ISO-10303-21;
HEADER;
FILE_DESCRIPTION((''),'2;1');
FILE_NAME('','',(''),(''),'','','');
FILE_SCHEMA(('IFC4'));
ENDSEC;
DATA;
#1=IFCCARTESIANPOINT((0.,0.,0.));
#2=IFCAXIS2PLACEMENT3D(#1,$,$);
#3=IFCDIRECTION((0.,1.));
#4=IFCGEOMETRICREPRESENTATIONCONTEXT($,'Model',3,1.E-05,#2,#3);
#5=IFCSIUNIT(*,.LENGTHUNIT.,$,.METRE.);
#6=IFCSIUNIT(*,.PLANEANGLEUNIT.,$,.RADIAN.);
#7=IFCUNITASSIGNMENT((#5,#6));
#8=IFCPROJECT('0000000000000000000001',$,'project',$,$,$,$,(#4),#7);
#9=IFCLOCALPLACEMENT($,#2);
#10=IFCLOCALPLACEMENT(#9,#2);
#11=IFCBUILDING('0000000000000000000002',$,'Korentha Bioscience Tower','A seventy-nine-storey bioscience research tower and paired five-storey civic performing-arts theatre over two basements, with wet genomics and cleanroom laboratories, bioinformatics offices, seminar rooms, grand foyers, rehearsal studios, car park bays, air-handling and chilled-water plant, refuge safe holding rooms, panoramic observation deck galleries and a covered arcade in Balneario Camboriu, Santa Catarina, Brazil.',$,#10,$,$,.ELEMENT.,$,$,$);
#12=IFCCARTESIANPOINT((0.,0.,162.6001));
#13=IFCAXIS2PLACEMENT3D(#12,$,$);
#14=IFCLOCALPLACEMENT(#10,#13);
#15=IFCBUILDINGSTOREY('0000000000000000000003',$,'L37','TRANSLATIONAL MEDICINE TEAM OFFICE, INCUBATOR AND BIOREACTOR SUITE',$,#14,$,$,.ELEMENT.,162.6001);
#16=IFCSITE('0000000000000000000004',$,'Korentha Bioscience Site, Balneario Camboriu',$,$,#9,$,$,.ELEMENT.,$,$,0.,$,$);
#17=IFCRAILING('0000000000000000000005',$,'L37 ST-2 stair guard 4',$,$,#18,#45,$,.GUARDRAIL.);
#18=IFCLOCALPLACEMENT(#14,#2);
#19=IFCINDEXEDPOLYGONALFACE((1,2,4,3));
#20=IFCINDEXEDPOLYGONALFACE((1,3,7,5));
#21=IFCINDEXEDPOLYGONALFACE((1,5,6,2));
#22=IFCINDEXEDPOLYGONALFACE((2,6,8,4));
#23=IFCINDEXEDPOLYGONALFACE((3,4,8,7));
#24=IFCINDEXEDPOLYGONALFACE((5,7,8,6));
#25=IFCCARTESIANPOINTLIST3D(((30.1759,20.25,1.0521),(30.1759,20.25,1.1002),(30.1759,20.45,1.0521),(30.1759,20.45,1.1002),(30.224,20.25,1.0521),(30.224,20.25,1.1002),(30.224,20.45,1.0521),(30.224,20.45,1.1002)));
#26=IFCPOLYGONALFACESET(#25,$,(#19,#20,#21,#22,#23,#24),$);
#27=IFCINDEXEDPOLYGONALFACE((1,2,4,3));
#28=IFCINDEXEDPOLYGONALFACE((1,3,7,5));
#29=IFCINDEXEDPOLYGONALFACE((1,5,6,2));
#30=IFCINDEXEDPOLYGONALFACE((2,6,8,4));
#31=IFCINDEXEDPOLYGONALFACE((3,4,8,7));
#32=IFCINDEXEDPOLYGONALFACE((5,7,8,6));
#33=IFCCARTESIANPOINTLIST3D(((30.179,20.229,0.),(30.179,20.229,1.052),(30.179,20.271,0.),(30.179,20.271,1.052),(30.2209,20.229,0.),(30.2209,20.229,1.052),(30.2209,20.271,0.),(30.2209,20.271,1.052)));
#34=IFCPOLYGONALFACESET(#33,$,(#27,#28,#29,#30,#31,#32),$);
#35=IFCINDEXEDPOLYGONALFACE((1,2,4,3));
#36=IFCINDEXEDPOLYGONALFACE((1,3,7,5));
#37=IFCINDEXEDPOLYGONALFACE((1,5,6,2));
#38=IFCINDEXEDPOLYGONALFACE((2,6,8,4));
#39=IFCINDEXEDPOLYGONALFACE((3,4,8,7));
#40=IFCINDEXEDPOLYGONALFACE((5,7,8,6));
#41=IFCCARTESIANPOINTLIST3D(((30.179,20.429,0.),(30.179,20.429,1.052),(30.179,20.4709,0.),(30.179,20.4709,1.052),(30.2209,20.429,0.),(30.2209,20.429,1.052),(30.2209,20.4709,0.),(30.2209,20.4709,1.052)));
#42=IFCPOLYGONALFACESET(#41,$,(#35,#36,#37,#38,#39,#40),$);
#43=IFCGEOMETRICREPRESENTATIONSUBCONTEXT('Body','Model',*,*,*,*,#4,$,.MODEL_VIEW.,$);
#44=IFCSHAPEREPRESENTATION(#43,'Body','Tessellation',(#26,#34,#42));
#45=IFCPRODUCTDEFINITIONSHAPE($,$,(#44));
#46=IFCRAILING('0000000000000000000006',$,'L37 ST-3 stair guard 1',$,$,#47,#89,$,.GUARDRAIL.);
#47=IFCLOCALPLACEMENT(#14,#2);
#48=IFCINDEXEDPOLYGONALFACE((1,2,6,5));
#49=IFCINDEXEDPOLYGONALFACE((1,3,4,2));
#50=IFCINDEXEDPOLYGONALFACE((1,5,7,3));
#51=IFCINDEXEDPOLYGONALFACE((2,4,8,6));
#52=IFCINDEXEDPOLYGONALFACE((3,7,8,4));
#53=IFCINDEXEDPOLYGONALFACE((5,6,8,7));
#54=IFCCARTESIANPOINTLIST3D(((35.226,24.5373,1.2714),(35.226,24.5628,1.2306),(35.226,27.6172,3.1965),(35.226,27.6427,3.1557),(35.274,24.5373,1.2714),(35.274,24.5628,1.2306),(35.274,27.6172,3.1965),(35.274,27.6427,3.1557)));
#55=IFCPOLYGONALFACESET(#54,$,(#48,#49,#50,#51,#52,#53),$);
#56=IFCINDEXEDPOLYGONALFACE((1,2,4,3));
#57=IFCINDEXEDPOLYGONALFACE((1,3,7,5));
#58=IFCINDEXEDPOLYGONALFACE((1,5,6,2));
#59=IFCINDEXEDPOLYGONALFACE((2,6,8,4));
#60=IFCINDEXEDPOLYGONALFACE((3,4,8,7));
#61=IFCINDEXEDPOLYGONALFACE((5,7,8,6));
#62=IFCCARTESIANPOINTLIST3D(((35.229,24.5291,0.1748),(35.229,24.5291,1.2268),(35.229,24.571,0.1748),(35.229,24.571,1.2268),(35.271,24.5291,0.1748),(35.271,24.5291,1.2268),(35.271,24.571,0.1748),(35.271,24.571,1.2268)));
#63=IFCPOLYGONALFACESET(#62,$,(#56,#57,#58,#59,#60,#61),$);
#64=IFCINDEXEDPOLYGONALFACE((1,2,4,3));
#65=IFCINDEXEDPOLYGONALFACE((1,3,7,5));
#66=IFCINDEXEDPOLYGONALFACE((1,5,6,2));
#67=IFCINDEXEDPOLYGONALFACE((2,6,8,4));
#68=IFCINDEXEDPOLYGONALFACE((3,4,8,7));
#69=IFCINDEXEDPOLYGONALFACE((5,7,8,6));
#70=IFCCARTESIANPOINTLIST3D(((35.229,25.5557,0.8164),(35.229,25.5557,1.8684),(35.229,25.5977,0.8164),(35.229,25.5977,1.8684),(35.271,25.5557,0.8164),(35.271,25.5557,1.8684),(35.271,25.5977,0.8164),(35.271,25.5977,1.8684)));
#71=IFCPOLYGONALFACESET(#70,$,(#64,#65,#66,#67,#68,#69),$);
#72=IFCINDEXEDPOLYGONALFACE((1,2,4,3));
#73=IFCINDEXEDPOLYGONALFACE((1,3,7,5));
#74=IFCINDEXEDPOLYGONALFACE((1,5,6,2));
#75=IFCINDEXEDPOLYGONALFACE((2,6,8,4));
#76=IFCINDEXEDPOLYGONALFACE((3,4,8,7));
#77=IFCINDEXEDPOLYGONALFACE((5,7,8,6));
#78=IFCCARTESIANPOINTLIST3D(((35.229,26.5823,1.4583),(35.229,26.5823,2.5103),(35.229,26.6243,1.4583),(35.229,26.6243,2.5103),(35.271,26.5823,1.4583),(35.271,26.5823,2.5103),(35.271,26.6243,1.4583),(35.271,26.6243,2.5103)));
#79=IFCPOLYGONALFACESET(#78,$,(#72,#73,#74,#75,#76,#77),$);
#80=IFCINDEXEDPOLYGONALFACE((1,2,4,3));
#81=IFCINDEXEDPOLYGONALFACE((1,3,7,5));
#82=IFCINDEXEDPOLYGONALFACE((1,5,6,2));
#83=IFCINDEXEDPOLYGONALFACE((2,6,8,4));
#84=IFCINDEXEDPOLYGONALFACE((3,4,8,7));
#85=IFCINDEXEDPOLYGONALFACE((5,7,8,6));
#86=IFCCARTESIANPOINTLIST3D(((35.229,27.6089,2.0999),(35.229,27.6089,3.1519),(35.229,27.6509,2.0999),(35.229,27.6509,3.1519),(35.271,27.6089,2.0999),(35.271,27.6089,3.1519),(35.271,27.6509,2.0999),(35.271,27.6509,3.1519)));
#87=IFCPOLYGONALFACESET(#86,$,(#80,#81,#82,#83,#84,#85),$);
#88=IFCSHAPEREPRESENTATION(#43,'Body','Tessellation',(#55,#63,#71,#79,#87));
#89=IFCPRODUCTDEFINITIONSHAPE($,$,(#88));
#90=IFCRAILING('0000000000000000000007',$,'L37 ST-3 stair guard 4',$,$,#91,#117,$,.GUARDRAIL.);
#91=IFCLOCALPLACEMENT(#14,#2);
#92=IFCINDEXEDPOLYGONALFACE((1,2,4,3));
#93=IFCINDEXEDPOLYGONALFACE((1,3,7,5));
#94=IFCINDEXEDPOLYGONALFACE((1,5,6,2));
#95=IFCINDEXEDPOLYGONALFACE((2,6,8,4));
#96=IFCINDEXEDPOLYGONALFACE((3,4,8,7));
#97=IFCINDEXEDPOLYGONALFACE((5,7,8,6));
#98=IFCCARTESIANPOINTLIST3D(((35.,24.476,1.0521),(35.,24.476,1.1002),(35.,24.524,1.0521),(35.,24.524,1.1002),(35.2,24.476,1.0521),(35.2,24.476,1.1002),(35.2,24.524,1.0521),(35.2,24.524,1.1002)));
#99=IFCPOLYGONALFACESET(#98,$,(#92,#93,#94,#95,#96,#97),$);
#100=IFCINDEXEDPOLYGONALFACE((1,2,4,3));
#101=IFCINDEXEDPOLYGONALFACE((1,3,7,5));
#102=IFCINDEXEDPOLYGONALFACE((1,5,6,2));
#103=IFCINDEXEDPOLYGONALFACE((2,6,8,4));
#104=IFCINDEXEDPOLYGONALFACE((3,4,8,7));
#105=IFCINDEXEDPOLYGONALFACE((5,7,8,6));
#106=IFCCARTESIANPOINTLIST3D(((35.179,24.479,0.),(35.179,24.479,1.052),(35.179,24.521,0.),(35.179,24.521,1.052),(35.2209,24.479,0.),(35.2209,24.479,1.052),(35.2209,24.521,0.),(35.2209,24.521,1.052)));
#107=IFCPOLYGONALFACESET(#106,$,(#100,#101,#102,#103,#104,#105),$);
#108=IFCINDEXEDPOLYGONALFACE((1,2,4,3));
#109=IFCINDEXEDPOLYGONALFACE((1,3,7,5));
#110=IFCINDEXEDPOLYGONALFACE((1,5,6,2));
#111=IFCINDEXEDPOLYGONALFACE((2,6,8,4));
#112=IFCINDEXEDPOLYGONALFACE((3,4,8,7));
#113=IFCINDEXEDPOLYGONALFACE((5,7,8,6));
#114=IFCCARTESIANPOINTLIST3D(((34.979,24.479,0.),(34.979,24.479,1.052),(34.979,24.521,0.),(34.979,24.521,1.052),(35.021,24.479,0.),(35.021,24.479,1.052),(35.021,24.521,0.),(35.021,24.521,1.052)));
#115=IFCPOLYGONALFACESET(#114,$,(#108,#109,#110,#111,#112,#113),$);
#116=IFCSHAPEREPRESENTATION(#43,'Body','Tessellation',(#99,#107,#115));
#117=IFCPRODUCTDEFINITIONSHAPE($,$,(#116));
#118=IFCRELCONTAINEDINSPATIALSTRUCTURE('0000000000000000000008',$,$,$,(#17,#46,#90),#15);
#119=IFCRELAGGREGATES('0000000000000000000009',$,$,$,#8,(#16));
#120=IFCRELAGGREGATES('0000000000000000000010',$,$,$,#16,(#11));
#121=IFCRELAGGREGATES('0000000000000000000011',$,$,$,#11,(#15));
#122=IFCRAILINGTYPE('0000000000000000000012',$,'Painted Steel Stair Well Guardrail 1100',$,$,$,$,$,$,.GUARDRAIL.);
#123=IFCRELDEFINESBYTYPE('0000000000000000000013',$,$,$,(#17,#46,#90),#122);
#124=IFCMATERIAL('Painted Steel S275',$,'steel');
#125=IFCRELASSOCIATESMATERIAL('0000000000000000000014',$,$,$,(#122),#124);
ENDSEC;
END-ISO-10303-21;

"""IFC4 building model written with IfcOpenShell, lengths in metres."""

from ifc_helpers import new_model, si_unit, direction, frame, origin, origin_2d, place, context, subcontext, project, spatial, rectangle, extrude, material, type_object, element, save


model = new_model("IFC4")

# Units and contexts
model_context = context("Model", 3, precision=1e-05, world=origin(), true_north=direction((0.0, 1.0)))
body_context = subcontext(model_context, "Body", "Model", "MODEL_VIEW")
ifc_project = project(units=[si_unit("LENGTHUNIT", "METRE"), si_unit("PLANEANGLEUNIT", "RADIAN")], contexts=[model_context])

# Site, building, storey
site_placement = place(None, origin())
site = spatial("IfcSite", under=ifc_project, at=site_placement, Name="Korentha Bioscience Site, Balneario Camboriu", CompositionType="ELEMENT", RefElevation=0.0)
building_placement = place(site_placement, origin())
building = spatial("IfcBuilding", under=site, at=building_placement, Name="Korentha Bioscience Tower", Description="A seventy-nine-storey bioscience research tower and paired five-storey civic performing-arts theatre over two basements, with wet genomics and cleanroom laboratories, bioinformatics offices, seminar rooms, grand foyers, rehearsal studios, car park bays, air-handling and chilled-water plant, refuge safe holding rooms, panoramic observation deck galleries and a covered arcade in Balneario Camboriu, Santa Catarina, Brazil.", CompositionType="ELEMENT")
storey_placement = place(building_placement, frame((0.0, 0.0, 162.6001)))
storey = spatial("IfcBuildingStorey", under=building, at=storey_placement, Name="L37", Description="TRANSLATIONAL MEDICINE TEAM OFFICE, INCUBATOR AND BIOREACTOR SUITE", CompositionType="ELEMENT", Elevation=162.6001)

# Railings
ifc_material_1 = material(Name="Painted Steel S275", Category="steel")
railing_type_1 = type_object("IfcRailingType", Name="Painted Steel Stair Well Guardrail 1100", PredefinedType="GUARDRAIL", material=ifc_material_1)
railing_1_placement = place(storey_placement, frame((30.2, 20.25, 0.0)))
element("IfcRailing", 1, at=railing_1_placement, inside=storey, type_object=railing_type_1, Name="L37 ST-2 stair guard 4", PredefinedType="GUARDRAIL", context=body_context, shape_type="SweptSolid", body=[
    extrude(rectangle(XDim=0.0481, YDim=0.0481, at=origin_2d()), frame((0.0, 0.0, 1.0762), z_axis=(0.0, 1.0, 0.0), x_axis=(-1.0, 0.0, 0.0)), (0.0, 0.0, 1.0), 0.2),
    extrude(rectangle(XDim=0.042, YDim=0.042, at=origin_2d()), origin(), (0.0, 0.0, 1.0), 1.052),
    extrude(rectangle(XDim=0.042, YDim=0.042, at=origin_2d()), frame((0.0, 0.2, 0.0)), (0.0, 0.0, 1.0), 1.052),
])
railing_2_placement = place(storey_placement, frame((35.25, 24.55, 0.1748)))
element("IfcRailing", 2, at=railing_2_placement, inside=storey, type_object=railing_type_1, Name="L37 ST-3 stair guard 1", PredefinedType="GUARDRAIL", context=body_context, shape_type="SweptSolid", body=[
    extrude(rectangle(XDim=0.0481, YDim=0.0481, at=origin_2d()), frame((0.0, 0.0, 1.0762), z_axis=(0.0, 0.847979, 0.530029), x_axis=(-1.0, 0.0, 0.0)), (0.0, 0.0, 1.0), 3.6321),
    extrude(rectangle(XDim=0.042, YDim=0.042, at=origin_2d()), origin(), (0.0, 0.0, 1.0), 1.052),
    extrude(rectangle(XDim=0.042, YDim=0.042, at=origin_2d()), frame((0.0, 1.0266, 0.6416)), (0.0, 0.0, 1.0), 1.052),
    extrude(rectangle(XDim=0.042, YDim=0.042, at=origin_2d()), frame((0.0, 2.0532, 1.2834)), (0.0, 0.0, 1.0), 1.052),
    extrude(rectangle(XDim=0.042, YDim=0.042, at=origin_2d()), frame((0.0, 3.0798, 1.925)), (0.0, 0.0, 1.0), 1.052),
])
railing_3_placement = place(storey_placement, frame((35.2, 24.5, 0.0)))
element("IfcRailing", 3, at=railing_3_placement, inside=storey, type_object=railing_type_1, Name="L37 ST-3 stair guard 4", PredefinedType="GUARDRAIL", context=body_context, shape_type="SweptSolid", body=[
    extrude(rectangle(XDim=0.0481, YDim=0.0481, at=origin_2d()), frame((0.0, 0.0, 1.0762), z_axis=(-1.0, 0.0, 0.0), x_axis=(0.0, -1.0, 0.0)), (0.0, 0.0, 1.0), 0.2),
    extrude(rectangle(XDim=0.042, YDim=0.042, at=origin_2d()), origin(), (0.0, 0.0, 1.0), 1.052),
    extrude(rectangle(XDim=0.042, YDim=0.042, at=origin_2d()), frame((-0.2, 0.0, 0.0)), (0.0, 0.0, 1.0), 1.052),
])

save(model, "model.ifc")
